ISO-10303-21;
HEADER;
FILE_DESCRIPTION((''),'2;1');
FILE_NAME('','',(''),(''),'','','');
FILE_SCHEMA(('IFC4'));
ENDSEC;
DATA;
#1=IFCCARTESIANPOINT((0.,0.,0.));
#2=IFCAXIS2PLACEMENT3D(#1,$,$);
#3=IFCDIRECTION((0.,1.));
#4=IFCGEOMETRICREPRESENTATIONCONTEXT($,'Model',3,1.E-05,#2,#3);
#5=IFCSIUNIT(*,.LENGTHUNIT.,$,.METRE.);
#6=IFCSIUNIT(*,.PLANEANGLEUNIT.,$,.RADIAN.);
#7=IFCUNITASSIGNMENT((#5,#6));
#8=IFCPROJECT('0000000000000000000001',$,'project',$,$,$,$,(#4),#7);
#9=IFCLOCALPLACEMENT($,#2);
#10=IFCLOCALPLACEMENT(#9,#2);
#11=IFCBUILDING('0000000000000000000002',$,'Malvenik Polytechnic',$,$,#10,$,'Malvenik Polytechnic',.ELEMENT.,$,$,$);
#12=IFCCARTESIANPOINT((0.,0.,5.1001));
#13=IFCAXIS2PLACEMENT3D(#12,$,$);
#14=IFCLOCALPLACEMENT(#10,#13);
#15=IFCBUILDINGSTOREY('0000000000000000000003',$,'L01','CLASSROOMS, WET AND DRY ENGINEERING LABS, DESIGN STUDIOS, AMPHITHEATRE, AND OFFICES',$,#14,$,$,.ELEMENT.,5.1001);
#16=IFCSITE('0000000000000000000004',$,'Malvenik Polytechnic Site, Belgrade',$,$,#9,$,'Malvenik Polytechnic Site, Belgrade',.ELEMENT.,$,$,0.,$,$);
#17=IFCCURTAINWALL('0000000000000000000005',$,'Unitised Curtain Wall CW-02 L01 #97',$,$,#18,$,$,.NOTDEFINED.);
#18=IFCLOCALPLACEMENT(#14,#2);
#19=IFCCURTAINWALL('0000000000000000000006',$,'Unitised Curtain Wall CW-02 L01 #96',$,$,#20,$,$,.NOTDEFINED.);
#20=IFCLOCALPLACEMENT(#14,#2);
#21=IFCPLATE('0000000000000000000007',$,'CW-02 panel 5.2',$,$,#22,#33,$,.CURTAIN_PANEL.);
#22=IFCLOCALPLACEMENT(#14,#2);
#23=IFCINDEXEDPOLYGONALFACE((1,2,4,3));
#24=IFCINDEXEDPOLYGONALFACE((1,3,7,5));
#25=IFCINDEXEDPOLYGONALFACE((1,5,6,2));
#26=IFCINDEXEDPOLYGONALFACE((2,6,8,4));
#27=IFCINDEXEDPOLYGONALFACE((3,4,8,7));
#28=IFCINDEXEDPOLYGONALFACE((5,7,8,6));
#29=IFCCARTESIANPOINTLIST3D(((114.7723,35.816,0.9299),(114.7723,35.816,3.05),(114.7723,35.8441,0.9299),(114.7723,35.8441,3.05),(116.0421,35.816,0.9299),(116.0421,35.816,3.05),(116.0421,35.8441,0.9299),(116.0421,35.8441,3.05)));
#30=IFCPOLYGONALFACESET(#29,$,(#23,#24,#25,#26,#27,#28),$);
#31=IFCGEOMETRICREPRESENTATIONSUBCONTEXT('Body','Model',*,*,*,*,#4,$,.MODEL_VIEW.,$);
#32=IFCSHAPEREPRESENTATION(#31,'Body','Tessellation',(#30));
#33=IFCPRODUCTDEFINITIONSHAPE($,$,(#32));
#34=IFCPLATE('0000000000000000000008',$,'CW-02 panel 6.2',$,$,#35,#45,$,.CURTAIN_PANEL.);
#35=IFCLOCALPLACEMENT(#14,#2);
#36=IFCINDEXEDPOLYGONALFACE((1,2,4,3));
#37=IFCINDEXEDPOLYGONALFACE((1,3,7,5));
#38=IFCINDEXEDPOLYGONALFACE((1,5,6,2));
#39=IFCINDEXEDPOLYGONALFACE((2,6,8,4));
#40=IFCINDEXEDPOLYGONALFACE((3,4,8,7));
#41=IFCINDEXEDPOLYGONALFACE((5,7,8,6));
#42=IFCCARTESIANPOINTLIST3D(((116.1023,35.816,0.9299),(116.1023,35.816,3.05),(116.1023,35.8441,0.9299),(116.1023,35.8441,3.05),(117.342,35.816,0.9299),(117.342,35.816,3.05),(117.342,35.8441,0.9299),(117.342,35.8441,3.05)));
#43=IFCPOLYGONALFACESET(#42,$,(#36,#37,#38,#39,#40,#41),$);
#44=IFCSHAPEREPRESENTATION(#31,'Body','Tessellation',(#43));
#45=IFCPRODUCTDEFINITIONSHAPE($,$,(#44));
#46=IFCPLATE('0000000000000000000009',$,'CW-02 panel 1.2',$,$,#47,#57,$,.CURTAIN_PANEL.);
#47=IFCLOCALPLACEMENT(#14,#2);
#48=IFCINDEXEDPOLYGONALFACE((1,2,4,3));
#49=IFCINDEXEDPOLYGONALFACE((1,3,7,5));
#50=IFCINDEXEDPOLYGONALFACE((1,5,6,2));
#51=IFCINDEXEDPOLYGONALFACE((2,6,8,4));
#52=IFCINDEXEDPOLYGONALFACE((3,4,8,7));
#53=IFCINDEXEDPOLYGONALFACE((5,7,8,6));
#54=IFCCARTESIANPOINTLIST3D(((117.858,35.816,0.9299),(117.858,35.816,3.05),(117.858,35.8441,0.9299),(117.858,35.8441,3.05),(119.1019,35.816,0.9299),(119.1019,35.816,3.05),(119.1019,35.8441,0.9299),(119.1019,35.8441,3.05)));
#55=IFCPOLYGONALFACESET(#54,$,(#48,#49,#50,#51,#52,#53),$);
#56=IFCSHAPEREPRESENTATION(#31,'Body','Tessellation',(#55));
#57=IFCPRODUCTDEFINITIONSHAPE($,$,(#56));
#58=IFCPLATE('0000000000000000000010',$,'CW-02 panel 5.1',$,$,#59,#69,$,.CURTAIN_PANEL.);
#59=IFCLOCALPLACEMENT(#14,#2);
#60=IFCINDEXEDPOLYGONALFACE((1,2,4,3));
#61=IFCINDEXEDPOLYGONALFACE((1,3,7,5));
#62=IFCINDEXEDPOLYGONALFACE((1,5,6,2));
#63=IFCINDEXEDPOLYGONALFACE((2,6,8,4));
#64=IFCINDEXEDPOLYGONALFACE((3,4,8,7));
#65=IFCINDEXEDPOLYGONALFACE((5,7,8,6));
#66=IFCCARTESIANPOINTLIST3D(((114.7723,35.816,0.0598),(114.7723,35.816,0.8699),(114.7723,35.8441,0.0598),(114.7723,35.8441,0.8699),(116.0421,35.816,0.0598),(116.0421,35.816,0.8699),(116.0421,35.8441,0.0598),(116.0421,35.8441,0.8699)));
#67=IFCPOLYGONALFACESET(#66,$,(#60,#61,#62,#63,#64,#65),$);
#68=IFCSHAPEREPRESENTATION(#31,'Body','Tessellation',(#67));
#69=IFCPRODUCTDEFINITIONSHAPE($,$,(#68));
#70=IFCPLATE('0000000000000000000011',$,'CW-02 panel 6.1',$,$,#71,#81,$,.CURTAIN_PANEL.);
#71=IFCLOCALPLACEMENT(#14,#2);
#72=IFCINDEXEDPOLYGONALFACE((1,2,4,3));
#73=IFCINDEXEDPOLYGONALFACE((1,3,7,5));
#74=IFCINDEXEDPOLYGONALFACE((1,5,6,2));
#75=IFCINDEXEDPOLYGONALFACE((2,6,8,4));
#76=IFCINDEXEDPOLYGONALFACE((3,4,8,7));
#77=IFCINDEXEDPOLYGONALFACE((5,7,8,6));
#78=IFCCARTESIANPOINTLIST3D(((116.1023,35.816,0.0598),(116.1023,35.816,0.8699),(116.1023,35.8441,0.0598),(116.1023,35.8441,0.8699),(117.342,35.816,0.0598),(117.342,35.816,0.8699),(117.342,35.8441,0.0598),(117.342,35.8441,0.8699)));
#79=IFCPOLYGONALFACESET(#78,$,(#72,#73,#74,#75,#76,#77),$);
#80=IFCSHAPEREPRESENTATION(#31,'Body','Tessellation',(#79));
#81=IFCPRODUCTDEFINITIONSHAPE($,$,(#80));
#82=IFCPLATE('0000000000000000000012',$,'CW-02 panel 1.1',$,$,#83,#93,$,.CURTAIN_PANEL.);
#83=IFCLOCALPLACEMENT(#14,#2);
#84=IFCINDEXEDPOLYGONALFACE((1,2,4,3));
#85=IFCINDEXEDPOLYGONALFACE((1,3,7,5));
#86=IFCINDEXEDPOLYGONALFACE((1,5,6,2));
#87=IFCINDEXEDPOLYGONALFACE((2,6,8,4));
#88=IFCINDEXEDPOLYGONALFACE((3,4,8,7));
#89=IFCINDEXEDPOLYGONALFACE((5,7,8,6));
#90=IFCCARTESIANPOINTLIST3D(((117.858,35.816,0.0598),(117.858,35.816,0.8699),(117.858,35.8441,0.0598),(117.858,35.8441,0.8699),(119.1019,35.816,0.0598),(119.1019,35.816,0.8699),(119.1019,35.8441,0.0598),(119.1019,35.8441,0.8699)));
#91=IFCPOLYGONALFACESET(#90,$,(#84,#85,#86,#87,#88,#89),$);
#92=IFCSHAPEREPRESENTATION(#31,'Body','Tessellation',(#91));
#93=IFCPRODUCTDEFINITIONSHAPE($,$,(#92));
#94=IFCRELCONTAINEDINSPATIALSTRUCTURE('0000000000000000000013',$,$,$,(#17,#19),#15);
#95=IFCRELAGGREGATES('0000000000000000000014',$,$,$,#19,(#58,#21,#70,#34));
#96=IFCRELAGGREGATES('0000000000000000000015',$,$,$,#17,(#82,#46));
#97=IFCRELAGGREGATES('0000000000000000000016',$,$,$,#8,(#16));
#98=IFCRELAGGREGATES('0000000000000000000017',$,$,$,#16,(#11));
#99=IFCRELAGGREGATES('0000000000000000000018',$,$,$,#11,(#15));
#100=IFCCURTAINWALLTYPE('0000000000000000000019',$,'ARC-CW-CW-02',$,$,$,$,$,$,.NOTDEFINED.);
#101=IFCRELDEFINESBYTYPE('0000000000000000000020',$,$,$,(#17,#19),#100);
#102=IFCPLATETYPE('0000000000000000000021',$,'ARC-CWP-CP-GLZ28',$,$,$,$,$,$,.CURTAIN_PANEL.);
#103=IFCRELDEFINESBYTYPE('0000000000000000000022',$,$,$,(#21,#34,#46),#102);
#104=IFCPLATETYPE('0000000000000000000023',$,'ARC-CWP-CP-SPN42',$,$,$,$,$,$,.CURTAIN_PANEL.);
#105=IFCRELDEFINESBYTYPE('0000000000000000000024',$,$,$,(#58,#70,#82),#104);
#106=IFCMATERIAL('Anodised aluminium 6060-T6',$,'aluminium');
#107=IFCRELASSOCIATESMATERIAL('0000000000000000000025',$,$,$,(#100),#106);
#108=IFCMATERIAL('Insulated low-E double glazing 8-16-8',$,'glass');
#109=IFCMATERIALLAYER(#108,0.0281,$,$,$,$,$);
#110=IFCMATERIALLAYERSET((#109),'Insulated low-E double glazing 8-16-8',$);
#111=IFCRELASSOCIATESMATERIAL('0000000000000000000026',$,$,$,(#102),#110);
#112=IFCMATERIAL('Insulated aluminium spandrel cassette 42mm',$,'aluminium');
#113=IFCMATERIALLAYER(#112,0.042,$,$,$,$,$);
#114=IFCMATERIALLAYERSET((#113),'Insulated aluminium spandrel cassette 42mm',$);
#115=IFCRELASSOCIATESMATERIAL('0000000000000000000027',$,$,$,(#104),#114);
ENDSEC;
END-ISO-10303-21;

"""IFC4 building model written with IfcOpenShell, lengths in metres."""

from ifc_helpers import new_model, si_unit, direction, frame, origin, origin_2d, place, context, subcontext, project, spatial, rectangle, extrude, material, layer, layer_set, type_object, element, aggregate, save


model = new_model("IFC4")

# Units and contexts
model_context = context("Model", 3, precision=1e-05, world=origin(), true_north=direction((0.0, 1.0)))
body_context = subcontext(model_context, "Body", "Model", "MODEL_VIEW")
ifc_project = project(units=[si_unit("LENGTHUNIT", "METRE"), si_unit("PLANEANGLEUNIT", "RADIAN")], contexts=[model_context])

# Site, building, storey
site_placement = place(None, origin())
site = spatial("IfcSite", under=ifc_project, at=site_placement, Name="Malvenik Polytechnic Site, Belgrade", LongName="Malvenik Polytechnic Site, Belgrade", CompositionType="ELEMENT", RefElevation=0.0)
building_placement = place(site_placement, origin())
building = spatial("IfcBuilding", under=site, at=building_placement, Name="Malvenik Polytechnic", LongName="Malvenik Polytechnic", CompositionType="ELEMENT")
storey_placement = place(building_placement, frame((0.0, 0.0, 5.1001)))
storey = spatial("IfcBuildingStorey", under=building, at=storey_placement, Name="L01", Description="CLASSROOMS, WET AND DRY ENGINEERING LABS, DESIGN STUDIOS, AMPHITHEATRE, AND OFFICES", CompositionType="ELEMENT", Elevation=5.1001)

# Curtain walls
ifc_material_1 = material(Name="Anodised aluminium 6060-T6", Category="aluminium")
curtain_wall_type = type_object("IfcCurtainWallType", Name="ARC-CW-CW-02", PredefinedType="NOTDEFINED", material=ifc_material_1)
curtain_wall_1_placement = place(storey_placement, origin())
curtain_wall_1 = element("IfcCurtainWall", 1, at=curtain_wall_1_placement, inside=storey, type_object=curtain_wall_type, Name="Unitised Curtain Wall CW-02 L01 #97", PredefinedType="NOTDEFINED")
curtain_wall_2_placement = place(storey_placement, origin())
curtain_wall_2 = element("IfcCurtainWall", 2, at=curtain_wall_2_placement, inside=storey, type_object=curtain_wall_type, Name="Unitised Curtain Wall CW-02 L01 #96", PredefinedType="NOTDEFINED")

# Plates
ifc_material_2 = material(Name="Insulated low-E double glazing 8-16-8", Category="glass")
ifc_layer_1 = layer(ifc_material_2, 0.0281)
ifc_layer_set_1 = layer_set([ifc_layer_1], Name="Insulated low-E double glazing 8-16-8")
plate_type_1 = type_object("IfcPlateType", Name="ARC-CWP-CP-GLZ28", PredefinedType="CURTAIN_PANEL", material=ifc_layer_set_1)
plate_1_placement = place(storey_placement, frame((115.4072, 35.8301, 0.9299), z_axis=(0.0, 0.0, 1.0), x_axis=(1.0, 0.0, 0.0)))
plate_1 = element("IfcPlate", 3, at=plate_1_placement, type_object=plate_type_1, Name="CW-02 panel 5.2", PredefinedType="CURTAIN_PANEL", context=body_context, shape_type="SweptSolid", body=[
    extrude(rectangle(XDim=1.2698, YDim=0.0281, at=origin_2d()), origin(), (0.0, 0.0, 1.0), 2.1201),
])
plate_2_placement = place(storey_placement, frame((116.7222, 35.8301, 0.9299), z_axis=(0.0, 0.0, 1.0), x_axis=(1.0, 0.0, 0.0)))
plate_2 = element("IfcPlate", 4, at=plate_2_placement, type_object=plate_type_1, Name="CW-02 panel 6.2", PredefinedType="CURTAIN_PANEL", context=body_context, shape_type="SweptSolid", body=[
    extrude(rectangle(XDim=1.2397, YDim=0.0281, at=origin_2d()), origin(), (0.0, 0.0, 1.0), 2.1201),
])
plate_3_placement = place(storey_placement, frame((118.48, 35.8301, 0.9299), z_axis=(0.0, 0.0, 1.0), x_axis=(1.0, 0.0, 0.0)))
plate_3 = element("IfcPlate", 5, at=plate_3_placement, type_object=plate_type_1, Name="CW-02 panel 1.2", PredefinedType="CURTAIN_PANEL", context=body_context, shape_type="SweptSolid", body=[
    extrude(rectangle(XDim=1.2439, YDim=0.0281, at=origin_2d()), origin(), (0.0, 0.0, 1.0), 2.1201),
])
ifc_material_3 = material(Name="Insulated aluminium spandrel cassette 42mm", Category="aluminium")
ifc_layer_2 = layer(ifc_material_3, 0.042)
ifc_layer_set_2 = layer_set([ifc_layer_2], Name="Insulated aluminium spandrel cassette 42mm")
plate_type_2 = type_object("IfcPlateType", Name="ARC-CWP-CP-SPN42", PredefinedType="CURTAIN_PANEL", material=ifc_layer_set_2)
plate_4_placement = place(storey_placement, frame((115.4072, 35.8301, 0.0598), z_axis=(0.0, 0.0, 1.0), x_axis=(1.0, 0.0, 0.0)))
plate_4 = element("IfcPlate", 6, at=plate_4_placement, type_object=plate_type_2, Name="CW-02 panel 5.1", PredefinedType="CURTAIN_PANEL", context=body_context, shape_type="SweptSolid", body=[
    extrude(rectangle(XDim=1.2698, YDim=0.0281, at=origin_2d()), origin(), (0.0, 0.0, 1.0), 0.8101),
])
plate_5_placement = place(storey_placement, frame((116.7222, 35.8301, 0.0598), z_axis=(0.0, 0.0, 1.0), x_axis=(1.0, 0.0, 0.0)))
plate_5 = element("IfcPlate", 7, at=plate_5_placement, type_object=plate_type_2, Name="CW-02 panel 6.1", PredefinedType="CURTAIN_PANEL", context=body_context, shape_type="SweptSolid", body=[
    extrude(rectangle(XDim=1.2397, YDim=0.0281, at=origin_2d()), origin(), (0.0, 0.0, 1.0), 0.8101),
])
aggregate(curtain_wall_2, [plate_4, plate_1, plate_5, plate_2])
plate_6_placement = place(storey_placement, frame((118.48, 35.8301, 0.0598), z_axis=(0.0, 0.0, 1.0), x_axis=(1.0, 0.0, 0.0)))
plate_6 = element("IfcPlate", 8, at=plate_6_placement, type_object=plate_type_2, Name="CW-02 panel 1.1", PredefinedType="CURTAIN_PANEL", context=body_context, shape_type="SweptSolid", body=[
    extrude(rectangle(XDim=1.2439, YDim=0.0281, at=origin_2d()), origin(), (0.0, 0.0, 1.0), 0.8101),
])
aggregate(curtain_wall_1, [plate_6, plate_3])

save(model, "model.ifc")
